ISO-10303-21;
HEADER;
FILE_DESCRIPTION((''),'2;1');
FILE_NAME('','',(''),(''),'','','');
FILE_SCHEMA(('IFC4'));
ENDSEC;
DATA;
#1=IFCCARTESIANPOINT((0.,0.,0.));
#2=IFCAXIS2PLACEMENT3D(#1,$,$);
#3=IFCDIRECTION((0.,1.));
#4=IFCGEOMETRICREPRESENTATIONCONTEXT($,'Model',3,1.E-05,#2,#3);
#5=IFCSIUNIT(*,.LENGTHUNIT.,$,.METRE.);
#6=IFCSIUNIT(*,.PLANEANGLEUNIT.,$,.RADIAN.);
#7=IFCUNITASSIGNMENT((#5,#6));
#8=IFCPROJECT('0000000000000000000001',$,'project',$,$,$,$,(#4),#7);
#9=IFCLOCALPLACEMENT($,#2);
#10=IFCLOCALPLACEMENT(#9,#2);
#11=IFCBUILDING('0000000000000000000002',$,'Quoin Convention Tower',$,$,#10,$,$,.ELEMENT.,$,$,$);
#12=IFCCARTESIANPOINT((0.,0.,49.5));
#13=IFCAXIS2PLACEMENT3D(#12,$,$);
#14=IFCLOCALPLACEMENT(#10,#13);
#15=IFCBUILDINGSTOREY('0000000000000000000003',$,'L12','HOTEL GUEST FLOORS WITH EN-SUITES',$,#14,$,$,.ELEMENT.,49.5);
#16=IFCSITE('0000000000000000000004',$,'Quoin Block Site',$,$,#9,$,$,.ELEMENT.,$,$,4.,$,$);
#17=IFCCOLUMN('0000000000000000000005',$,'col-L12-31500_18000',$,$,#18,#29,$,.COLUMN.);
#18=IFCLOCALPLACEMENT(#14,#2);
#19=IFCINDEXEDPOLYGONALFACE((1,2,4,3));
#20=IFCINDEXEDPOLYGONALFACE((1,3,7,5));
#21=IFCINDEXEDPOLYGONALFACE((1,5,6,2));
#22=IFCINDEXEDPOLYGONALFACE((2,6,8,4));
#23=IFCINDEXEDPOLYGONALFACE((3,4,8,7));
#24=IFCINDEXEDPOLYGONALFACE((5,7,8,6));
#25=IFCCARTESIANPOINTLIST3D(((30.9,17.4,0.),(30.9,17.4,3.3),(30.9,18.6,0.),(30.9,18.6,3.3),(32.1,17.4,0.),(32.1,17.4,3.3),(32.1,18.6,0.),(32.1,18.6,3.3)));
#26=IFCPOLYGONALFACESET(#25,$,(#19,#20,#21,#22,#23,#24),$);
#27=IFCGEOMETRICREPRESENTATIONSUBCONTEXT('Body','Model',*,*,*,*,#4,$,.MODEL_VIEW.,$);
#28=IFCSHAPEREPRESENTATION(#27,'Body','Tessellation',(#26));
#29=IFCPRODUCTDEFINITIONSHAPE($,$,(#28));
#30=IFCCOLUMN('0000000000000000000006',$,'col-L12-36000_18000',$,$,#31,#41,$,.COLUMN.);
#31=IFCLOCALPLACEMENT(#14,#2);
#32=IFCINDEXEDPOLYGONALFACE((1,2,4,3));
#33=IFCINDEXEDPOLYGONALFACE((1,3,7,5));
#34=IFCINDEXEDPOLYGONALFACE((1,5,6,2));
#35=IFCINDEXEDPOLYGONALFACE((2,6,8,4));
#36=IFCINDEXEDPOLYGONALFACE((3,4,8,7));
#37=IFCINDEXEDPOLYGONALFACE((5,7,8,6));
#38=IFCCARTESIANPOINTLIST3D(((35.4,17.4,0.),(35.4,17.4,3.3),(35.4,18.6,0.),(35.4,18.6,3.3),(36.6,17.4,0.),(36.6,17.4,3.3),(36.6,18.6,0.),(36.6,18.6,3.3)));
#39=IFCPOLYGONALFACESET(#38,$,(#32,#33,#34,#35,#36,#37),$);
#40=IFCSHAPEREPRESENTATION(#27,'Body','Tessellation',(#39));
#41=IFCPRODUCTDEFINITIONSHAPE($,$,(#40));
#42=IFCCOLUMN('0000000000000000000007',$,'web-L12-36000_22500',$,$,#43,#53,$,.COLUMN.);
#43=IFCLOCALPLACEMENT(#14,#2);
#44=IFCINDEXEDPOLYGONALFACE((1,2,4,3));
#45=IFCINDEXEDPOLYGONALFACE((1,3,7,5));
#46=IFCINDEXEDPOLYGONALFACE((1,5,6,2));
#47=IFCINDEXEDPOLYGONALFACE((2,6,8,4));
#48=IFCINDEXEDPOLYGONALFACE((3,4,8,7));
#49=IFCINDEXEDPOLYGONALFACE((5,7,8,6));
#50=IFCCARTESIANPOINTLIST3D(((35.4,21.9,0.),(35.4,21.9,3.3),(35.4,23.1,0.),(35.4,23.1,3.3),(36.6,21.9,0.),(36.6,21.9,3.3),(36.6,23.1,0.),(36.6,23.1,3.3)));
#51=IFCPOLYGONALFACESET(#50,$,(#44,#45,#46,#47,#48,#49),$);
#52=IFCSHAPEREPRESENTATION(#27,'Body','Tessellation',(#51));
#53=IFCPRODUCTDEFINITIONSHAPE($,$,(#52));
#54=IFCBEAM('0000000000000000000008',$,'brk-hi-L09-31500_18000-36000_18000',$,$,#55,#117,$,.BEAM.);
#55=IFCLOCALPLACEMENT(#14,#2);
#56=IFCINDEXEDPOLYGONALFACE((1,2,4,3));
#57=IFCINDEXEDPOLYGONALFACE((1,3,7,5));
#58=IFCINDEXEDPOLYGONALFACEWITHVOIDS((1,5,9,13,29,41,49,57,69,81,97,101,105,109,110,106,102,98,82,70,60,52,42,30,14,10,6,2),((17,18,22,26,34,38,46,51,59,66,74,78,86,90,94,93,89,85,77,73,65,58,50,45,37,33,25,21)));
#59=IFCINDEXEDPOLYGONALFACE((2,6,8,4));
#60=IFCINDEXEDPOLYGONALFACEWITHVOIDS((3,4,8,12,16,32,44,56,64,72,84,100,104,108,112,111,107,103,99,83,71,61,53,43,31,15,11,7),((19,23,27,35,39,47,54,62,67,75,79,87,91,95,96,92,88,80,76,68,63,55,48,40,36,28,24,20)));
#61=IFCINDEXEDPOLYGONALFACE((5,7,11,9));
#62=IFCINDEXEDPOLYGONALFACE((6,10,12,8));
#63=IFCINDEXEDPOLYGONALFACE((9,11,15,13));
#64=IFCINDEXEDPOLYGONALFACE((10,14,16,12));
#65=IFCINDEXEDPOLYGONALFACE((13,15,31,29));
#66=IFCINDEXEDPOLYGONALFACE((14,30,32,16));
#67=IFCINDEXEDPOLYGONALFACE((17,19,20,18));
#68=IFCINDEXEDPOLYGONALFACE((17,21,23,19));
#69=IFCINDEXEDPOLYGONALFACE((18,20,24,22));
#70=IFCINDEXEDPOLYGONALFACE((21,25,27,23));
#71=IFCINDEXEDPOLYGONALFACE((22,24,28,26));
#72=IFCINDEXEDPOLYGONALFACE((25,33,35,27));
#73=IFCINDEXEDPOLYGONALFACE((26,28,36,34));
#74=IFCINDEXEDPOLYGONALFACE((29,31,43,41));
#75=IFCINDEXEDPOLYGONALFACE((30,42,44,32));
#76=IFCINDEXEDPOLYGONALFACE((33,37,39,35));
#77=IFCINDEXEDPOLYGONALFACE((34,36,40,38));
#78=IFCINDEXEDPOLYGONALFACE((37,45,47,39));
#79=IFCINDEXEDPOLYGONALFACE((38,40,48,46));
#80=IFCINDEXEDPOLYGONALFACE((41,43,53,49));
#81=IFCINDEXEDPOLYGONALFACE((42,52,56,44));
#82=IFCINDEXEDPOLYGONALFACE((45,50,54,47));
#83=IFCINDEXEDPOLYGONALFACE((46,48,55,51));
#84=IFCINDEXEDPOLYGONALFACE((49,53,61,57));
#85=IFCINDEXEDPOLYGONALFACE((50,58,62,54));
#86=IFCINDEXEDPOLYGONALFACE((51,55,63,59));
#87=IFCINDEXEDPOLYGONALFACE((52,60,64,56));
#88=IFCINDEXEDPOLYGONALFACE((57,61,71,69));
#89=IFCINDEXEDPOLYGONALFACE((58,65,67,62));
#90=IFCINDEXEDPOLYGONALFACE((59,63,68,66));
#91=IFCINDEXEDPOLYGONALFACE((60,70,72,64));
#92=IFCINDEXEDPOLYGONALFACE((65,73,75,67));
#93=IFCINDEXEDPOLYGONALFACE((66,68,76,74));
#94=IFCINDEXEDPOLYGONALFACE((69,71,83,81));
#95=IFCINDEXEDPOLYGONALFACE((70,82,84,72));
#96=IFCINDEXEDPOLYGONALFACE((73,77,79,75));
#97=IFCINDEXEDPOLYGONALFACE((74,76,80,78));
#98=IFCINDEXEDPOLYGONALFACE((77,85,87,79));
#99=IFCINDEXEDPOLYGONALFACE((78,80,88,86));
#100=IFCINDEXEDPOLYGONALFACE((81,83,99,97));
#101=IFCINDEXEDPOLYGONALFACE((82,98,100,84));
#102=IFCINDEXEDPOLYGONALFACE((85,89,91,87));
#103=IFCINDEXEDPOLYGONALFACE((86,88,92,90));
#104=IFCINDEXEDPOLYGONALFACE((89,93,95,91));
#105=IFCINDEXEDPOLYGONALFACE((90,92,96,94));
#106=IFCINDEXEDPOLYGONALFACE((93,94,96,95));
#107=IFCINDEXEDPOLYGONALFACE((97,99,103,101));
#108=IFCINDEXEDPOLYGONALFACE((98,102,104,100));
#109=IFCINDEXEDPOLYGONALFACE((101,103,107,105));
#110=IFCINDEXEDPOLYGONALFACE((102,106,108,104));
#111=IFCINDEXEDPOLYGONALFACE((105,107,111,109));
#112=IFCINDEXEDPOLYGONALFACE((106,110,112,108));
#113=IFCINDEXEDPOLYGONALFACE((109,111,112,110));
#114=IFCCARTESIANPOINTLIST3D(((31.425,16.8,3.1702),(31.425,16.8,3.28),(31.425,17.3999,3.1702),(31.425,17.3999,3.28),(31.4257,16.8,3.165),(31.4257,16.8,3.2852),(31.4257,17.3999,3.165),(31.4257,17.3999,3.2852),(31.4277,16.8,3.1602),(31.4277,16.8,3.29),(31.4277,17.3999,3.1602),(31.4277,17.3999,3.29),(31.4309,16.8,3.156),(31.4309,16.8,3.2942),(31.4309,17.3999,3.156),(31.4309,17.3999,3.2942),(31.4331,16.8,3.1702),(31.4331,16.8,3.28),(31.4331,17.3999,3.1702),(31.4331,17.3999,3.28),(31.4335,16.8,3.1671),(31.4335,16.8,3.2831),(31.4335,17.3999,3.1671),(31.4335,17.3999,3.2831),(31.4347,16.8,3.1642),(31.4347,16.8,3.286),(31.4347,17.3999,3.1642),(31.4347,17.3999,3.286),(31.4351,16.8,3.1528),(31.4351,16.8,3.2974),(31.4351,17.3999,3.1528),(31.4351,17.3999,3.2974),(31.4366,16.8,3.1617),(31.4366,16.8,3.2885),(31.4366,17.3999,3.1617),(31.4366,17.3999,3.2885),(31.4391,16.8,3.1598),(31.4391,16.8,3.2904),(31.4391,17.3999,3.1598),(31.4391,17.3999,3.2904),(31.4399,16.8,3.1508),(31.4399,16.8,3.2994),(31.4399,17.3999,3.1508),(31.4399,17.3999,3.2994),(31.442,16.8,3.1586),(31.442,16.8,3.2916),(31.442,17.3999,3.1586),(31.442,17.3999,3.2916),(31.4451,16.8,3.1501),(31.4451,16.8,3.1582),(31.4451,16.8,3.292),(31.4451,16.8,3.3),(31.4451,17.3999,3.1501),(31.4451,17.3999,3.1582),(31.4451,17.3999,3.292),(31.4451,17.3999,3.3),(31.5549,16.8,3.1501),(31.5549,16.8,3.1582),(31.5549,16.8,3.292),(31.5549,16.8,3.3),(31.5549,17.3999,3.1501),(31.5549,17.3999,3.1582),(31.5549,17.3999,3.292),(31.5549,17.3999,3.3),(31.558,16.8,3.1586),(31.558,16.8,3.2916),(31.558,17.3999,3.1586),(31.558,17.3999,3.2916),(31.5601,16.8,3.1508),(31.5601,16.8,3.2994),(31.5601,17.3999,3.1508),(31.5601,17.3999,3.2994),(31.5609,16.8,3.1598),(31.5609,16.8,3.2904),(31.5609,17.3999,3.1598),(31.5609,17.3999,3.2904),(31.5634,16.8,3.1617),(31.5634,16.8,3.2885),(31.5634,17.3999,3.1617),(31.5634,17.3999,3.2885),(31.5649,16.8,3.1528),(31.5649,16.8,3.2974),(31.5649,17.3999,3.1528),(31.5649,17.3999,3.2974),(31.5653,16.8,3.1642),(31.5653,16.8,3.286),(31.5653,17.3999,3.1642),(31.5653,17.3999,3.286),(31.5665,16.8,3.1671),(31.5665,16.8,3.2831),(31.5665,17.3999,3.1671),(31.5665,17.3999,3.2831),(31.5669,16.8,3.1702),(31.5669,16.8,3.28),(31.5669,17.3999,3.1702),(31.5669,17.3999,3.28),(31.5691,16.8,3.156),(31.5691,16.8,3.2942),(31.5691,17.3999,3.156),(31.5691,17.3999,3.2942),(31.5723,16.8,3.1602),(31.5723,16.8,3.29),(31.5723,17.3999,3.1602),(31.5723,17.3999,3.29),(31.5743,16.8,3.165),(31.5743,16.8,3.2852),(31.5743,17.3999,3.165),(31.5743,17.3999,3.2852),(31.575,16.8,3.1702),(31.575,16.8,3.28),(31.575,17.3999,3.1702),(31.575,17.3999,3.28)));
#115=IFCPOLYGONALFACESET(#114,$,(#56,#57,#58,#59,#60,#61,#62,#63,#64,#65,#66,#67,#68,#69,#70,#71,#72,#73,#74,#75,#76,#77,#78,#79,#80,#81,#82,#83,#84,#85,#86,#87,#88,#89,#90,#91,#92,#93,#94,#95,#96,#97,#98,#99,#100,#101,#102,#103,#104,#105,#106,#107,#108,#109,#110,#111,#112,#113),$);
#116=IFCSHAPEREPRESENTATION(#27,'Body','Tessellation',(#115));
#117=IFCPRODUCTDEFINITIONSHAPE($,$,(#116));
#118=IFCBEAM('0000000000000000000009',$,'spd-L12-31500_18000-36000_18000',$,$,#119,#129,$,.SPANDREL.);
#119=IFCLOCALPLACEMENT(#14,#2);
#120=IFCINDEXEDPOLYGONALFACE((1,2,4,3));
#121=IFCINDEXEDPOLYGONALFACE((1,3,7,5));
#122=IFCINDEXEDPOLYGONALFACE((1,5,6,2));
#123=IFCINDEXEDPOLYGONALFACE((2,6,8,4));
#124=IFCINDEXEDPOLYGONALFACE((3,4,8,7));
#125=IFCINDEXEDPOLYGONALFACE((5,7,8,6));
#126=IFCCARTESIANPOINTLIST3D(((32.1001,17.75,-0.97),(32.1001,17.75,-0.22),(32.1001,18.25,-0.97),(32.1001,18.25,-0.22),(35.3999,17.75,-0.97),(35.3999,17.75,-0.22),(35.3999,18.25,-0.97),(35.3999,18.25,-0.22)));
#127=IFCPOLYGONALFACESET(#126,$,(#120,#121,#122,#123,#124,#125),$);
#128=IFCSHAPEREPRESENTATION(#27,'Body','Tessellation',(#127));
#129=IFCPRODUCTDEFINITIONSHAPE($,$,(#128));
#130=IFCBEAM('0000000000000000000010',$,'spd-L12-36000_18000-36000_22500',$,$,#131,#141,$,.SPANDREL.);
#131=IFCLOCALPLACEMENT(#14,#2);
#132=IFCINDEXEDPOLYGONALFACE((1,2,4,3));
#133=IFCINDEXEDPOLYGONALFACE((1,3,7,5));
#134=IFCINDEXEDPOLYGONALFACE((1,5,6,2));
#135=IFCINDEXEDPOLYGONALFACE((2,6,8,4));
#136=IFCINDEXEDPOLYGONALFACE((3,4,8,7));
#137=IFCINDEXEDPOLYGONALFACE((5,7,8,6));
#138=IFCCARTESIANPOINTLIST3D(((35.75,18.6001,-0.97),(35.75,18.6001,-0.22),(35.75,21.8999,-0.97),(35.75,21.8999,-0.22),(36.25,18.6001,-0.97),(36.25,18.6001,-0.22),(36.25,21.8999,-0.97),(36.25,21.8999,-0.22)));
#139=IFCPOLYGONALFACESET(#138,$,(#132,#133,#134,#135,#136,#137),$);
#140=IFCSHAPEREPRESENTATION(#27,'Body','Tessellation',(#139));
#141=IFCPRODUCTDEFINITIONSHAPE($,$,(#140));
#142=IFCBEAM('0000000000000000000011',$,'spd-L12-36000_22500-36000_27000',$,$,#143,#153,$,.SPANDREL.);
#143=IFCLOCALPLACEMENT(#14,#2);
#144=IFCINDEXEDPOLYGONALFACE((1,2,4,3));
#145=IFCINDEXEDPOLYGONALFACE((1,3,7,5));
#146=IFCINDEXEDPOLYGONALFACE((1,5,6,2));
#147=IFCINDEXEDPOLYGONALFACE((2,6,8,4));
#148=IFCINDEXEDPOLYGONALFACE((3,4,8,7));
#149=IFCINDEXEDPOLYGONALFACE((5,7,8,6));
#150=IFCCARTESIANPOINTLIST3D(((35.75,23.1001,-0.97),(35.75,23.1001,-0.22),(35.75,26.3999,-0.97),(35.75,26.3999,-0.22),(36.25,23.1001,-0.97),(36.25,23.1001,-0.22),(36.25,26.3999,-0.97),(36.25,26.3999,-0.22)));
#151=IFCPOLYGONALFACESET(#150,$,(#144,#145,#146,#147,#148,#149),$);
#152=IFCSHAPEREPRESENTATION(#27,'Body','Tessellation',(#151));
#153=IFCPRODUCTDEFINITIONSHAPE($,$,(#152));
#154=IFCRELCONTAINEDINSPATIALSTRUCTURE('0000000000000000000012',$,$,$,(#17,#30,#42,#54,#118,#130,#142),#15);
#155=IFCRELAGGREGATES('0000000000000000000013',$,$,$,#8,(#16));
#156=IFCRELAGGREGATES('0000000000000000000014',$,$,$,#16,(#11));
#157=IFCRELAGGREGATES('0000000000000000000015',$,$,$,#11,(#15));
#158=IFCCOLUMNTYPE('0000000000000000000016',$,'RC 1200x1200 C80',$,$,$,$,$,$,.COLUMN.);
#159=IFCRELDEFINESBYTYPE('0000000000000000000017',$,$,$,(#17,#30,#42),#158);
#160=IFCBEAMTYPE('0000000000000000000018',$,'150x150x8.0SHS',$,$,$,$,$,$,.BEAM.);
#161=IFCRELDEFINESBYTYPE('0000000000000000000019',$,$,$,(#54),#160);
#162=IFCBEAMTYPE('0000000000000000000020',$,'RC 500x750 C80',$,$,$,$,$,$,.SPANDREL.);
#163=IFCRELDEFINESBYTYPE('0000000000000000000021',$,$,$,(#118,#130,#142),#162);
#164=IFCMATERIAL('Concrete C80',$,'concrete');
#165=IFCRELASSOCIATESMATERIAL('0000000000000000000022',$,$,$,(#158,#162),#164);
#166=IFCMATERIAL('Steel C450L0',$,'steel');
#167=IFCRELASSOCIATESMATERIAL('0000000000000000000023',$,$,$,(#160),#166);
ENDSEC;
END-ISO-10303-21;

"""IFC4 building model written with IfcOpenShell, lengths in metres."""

from ifc_helpers import new_model, si_unit, direction, frame, origin, origin_2d, place, context, subcontext, project, spatial, rectangle, hollow_rectangle, extrude, material, material_profile, profile_set, type_object, element, save


model = new_model("IFC4")

# Units and contexts
model_context = context("Model", 3, precision=1e-05, world=origin(), true_north=direction((0.0, 1.0)))
body_context = subcontext(model_context, "Body", "Model", "MODEL_VIEW")
ifc_project = project(units=[si_unit("LENGTHUNIT", "METRE"), si_unit("PLANEANGLEUNIT", "RADIAN")], contexts=[model_context])

# Site, building, storey
site_placement = place(None, origin())
site = spatial("IfcSite", under=ifc_project, at=site_placement, Name="Quoin Block Site", CompositionType="ELEMENT", RefElevation=4.0)
building_placement = place(site_placement, origin())
building = spatial("IfcBuilding", under=site, at=building_placement, Name="Quoin Convention Tower", CompositionType="ELEMENT")
storey_placement = place(building_placement, frame((0.0, 0.0, 49.5)))
storey = spatial("IfcBuildingStorey", under=building, at=storey_placement, Name="L12", Description="HOTEL GUEST FLOORS WITH EN-SUITES", CompositionType="ELEMENT", Elevation=49.5)

# Columns
ifc_material_1 = material(Name="Concrete C80", Category="concrete")
ifc_material_profile_1 = material_profile(ifc_material_1, rectangle(XDim=1.2, YDim=1.2, at=origin_2d()), Name="RC 1200x1200")
ifc_profile_set_1 = profile_set([ifc_material_profile_1], Name="Concrete C80")
column_type = type_object("IfcColumnType", Name="RC 1200x1200 C80", PredefinedType="COLUMN", material=ifc_profile_set_1)
for number, where, z_axis, x_axis, name in (
    (1, (31.5, 18.0, 0.0), (0.0, 0.0, 1.0), (1.0, 0.0, 0.0), "col-L12-31500_18000"),
    (2, (36.0, 18.0, 0.0), (0.0, 0.0, 1.0), (1.0, 0.0, 0.0), "col-L12-36000_18000"),
    (3, (36.0, 22.5, 0.0), (0.0, 0.0, 1.0), (1.0, 0.0, 0.0), "web-L12-36000_22500"),
):
    element("IfcColumn", number, at=place(storey_placement, frame(where, z_axis=z_axis, x_axis=x_axis)), inside=storey, type_object=column_type, Name=name, PredefinedType="COLUMN", context=body_context, shape_type="SweptSolid", body=[
        extrude(rectangle(XDim=1.2, YDim=1.2, at=origin_2d()), origin(), (0.0, 0.0, 1.0), 3.3),
    ])

# Beams
ifc_material_2 = material(Name="Steel C450L0", Category="steel")
ifc_material_profile_2 = material_profile(ifc_material_2, hollow_rectangle(XDim=0.1499, YDim=0.1499, WallThickness=0.0081, InnerFilletRadius=0.012, OuterFilletRadius=0.02, at=origin_2d()), Name="150x150x8.0SHS")
ifc_profile_set_2 = profile_set([ifc_material_profile_2], Name="Steel C450L0")
beam_type_1 = type_object("IfcBeamType", Name="150x150x8.0SHS", PredefinedType="BEAM", material=ifc_profile_set_2)
beam_placement = place(storey_placement, frame((31.5, 17.3999, 3.2251), z_axis=(0.0, -1.0, 0.0), x_axis=(1.0, 0.0, 0.0)))
element("IfcBeam", 4, at=beam_placement, inside=storey, type_object=beam_type_1, Name="brk-hi-L09-31500_18000-36000_18000", PredefinedType="BEAM", context=body_context, shape_type="SweptSolid", body=[
    extrude(hollow_rectangle(XDim=0.1499, YDim=0.1499, WallThickness=0.0081, InnerFilletRadius=0.012, OuterFilletRadius=0.02, at=origin_2d()), origin(), (0.0, 0.0, 1.0), 0.5999),
])
ifc_material_profile_3 = material_profile(ifc_material_1, rectangle(XDim=0.5, YDim=0.75, at=origin_2d()), Name="RC 500x750")
ifc_profile_set_3 = profile_set([ifc_material_profile_3], Name="Concrete C80")
beam_type_2 = type_object("IfcBeamType", Name="RC 500x750 C80", PredefinedType="SPANDREL", material=ifc_profile_set_3)
for number, where, z_axis, x_axis, name in (
    (5, (32.1001, 18.0, -0.595), (1.0, 0.0, 0.0), (0.0, 1.0, 0.0), "spd-L12-31500_18000-36000_18000"),
    (6, (36.0, 18.6001, -0.595), (0.0, 1.0, 0.0), (-1.0, 0.0, 0.0), "spd-L12-36000_18000-36000_22500"),
    (7, (36.0, 23.1001, -0.595), (0.0, 1.0, 0.0), (-1.0, 0.0, 0.0), "spd-L12-36000_22500-36000_27000"),
):
    element("IfcBeam", number, at=place(storey_placement, frame(where, z_axis=z_axis, x_axis=x_axis)), inside=storey, type_object=beam_type_2, Name=name, PredefinedType="SPANDREL", context=body_context, shape_type="SweptSolid", body=[
        extrude(rectangle(XDim=0.5, YDim=0.75, at=origin_2d()), origin(), (0.0, 0.0, 1.0), 3.2998),
    ])

save(model, "model.ifc")
